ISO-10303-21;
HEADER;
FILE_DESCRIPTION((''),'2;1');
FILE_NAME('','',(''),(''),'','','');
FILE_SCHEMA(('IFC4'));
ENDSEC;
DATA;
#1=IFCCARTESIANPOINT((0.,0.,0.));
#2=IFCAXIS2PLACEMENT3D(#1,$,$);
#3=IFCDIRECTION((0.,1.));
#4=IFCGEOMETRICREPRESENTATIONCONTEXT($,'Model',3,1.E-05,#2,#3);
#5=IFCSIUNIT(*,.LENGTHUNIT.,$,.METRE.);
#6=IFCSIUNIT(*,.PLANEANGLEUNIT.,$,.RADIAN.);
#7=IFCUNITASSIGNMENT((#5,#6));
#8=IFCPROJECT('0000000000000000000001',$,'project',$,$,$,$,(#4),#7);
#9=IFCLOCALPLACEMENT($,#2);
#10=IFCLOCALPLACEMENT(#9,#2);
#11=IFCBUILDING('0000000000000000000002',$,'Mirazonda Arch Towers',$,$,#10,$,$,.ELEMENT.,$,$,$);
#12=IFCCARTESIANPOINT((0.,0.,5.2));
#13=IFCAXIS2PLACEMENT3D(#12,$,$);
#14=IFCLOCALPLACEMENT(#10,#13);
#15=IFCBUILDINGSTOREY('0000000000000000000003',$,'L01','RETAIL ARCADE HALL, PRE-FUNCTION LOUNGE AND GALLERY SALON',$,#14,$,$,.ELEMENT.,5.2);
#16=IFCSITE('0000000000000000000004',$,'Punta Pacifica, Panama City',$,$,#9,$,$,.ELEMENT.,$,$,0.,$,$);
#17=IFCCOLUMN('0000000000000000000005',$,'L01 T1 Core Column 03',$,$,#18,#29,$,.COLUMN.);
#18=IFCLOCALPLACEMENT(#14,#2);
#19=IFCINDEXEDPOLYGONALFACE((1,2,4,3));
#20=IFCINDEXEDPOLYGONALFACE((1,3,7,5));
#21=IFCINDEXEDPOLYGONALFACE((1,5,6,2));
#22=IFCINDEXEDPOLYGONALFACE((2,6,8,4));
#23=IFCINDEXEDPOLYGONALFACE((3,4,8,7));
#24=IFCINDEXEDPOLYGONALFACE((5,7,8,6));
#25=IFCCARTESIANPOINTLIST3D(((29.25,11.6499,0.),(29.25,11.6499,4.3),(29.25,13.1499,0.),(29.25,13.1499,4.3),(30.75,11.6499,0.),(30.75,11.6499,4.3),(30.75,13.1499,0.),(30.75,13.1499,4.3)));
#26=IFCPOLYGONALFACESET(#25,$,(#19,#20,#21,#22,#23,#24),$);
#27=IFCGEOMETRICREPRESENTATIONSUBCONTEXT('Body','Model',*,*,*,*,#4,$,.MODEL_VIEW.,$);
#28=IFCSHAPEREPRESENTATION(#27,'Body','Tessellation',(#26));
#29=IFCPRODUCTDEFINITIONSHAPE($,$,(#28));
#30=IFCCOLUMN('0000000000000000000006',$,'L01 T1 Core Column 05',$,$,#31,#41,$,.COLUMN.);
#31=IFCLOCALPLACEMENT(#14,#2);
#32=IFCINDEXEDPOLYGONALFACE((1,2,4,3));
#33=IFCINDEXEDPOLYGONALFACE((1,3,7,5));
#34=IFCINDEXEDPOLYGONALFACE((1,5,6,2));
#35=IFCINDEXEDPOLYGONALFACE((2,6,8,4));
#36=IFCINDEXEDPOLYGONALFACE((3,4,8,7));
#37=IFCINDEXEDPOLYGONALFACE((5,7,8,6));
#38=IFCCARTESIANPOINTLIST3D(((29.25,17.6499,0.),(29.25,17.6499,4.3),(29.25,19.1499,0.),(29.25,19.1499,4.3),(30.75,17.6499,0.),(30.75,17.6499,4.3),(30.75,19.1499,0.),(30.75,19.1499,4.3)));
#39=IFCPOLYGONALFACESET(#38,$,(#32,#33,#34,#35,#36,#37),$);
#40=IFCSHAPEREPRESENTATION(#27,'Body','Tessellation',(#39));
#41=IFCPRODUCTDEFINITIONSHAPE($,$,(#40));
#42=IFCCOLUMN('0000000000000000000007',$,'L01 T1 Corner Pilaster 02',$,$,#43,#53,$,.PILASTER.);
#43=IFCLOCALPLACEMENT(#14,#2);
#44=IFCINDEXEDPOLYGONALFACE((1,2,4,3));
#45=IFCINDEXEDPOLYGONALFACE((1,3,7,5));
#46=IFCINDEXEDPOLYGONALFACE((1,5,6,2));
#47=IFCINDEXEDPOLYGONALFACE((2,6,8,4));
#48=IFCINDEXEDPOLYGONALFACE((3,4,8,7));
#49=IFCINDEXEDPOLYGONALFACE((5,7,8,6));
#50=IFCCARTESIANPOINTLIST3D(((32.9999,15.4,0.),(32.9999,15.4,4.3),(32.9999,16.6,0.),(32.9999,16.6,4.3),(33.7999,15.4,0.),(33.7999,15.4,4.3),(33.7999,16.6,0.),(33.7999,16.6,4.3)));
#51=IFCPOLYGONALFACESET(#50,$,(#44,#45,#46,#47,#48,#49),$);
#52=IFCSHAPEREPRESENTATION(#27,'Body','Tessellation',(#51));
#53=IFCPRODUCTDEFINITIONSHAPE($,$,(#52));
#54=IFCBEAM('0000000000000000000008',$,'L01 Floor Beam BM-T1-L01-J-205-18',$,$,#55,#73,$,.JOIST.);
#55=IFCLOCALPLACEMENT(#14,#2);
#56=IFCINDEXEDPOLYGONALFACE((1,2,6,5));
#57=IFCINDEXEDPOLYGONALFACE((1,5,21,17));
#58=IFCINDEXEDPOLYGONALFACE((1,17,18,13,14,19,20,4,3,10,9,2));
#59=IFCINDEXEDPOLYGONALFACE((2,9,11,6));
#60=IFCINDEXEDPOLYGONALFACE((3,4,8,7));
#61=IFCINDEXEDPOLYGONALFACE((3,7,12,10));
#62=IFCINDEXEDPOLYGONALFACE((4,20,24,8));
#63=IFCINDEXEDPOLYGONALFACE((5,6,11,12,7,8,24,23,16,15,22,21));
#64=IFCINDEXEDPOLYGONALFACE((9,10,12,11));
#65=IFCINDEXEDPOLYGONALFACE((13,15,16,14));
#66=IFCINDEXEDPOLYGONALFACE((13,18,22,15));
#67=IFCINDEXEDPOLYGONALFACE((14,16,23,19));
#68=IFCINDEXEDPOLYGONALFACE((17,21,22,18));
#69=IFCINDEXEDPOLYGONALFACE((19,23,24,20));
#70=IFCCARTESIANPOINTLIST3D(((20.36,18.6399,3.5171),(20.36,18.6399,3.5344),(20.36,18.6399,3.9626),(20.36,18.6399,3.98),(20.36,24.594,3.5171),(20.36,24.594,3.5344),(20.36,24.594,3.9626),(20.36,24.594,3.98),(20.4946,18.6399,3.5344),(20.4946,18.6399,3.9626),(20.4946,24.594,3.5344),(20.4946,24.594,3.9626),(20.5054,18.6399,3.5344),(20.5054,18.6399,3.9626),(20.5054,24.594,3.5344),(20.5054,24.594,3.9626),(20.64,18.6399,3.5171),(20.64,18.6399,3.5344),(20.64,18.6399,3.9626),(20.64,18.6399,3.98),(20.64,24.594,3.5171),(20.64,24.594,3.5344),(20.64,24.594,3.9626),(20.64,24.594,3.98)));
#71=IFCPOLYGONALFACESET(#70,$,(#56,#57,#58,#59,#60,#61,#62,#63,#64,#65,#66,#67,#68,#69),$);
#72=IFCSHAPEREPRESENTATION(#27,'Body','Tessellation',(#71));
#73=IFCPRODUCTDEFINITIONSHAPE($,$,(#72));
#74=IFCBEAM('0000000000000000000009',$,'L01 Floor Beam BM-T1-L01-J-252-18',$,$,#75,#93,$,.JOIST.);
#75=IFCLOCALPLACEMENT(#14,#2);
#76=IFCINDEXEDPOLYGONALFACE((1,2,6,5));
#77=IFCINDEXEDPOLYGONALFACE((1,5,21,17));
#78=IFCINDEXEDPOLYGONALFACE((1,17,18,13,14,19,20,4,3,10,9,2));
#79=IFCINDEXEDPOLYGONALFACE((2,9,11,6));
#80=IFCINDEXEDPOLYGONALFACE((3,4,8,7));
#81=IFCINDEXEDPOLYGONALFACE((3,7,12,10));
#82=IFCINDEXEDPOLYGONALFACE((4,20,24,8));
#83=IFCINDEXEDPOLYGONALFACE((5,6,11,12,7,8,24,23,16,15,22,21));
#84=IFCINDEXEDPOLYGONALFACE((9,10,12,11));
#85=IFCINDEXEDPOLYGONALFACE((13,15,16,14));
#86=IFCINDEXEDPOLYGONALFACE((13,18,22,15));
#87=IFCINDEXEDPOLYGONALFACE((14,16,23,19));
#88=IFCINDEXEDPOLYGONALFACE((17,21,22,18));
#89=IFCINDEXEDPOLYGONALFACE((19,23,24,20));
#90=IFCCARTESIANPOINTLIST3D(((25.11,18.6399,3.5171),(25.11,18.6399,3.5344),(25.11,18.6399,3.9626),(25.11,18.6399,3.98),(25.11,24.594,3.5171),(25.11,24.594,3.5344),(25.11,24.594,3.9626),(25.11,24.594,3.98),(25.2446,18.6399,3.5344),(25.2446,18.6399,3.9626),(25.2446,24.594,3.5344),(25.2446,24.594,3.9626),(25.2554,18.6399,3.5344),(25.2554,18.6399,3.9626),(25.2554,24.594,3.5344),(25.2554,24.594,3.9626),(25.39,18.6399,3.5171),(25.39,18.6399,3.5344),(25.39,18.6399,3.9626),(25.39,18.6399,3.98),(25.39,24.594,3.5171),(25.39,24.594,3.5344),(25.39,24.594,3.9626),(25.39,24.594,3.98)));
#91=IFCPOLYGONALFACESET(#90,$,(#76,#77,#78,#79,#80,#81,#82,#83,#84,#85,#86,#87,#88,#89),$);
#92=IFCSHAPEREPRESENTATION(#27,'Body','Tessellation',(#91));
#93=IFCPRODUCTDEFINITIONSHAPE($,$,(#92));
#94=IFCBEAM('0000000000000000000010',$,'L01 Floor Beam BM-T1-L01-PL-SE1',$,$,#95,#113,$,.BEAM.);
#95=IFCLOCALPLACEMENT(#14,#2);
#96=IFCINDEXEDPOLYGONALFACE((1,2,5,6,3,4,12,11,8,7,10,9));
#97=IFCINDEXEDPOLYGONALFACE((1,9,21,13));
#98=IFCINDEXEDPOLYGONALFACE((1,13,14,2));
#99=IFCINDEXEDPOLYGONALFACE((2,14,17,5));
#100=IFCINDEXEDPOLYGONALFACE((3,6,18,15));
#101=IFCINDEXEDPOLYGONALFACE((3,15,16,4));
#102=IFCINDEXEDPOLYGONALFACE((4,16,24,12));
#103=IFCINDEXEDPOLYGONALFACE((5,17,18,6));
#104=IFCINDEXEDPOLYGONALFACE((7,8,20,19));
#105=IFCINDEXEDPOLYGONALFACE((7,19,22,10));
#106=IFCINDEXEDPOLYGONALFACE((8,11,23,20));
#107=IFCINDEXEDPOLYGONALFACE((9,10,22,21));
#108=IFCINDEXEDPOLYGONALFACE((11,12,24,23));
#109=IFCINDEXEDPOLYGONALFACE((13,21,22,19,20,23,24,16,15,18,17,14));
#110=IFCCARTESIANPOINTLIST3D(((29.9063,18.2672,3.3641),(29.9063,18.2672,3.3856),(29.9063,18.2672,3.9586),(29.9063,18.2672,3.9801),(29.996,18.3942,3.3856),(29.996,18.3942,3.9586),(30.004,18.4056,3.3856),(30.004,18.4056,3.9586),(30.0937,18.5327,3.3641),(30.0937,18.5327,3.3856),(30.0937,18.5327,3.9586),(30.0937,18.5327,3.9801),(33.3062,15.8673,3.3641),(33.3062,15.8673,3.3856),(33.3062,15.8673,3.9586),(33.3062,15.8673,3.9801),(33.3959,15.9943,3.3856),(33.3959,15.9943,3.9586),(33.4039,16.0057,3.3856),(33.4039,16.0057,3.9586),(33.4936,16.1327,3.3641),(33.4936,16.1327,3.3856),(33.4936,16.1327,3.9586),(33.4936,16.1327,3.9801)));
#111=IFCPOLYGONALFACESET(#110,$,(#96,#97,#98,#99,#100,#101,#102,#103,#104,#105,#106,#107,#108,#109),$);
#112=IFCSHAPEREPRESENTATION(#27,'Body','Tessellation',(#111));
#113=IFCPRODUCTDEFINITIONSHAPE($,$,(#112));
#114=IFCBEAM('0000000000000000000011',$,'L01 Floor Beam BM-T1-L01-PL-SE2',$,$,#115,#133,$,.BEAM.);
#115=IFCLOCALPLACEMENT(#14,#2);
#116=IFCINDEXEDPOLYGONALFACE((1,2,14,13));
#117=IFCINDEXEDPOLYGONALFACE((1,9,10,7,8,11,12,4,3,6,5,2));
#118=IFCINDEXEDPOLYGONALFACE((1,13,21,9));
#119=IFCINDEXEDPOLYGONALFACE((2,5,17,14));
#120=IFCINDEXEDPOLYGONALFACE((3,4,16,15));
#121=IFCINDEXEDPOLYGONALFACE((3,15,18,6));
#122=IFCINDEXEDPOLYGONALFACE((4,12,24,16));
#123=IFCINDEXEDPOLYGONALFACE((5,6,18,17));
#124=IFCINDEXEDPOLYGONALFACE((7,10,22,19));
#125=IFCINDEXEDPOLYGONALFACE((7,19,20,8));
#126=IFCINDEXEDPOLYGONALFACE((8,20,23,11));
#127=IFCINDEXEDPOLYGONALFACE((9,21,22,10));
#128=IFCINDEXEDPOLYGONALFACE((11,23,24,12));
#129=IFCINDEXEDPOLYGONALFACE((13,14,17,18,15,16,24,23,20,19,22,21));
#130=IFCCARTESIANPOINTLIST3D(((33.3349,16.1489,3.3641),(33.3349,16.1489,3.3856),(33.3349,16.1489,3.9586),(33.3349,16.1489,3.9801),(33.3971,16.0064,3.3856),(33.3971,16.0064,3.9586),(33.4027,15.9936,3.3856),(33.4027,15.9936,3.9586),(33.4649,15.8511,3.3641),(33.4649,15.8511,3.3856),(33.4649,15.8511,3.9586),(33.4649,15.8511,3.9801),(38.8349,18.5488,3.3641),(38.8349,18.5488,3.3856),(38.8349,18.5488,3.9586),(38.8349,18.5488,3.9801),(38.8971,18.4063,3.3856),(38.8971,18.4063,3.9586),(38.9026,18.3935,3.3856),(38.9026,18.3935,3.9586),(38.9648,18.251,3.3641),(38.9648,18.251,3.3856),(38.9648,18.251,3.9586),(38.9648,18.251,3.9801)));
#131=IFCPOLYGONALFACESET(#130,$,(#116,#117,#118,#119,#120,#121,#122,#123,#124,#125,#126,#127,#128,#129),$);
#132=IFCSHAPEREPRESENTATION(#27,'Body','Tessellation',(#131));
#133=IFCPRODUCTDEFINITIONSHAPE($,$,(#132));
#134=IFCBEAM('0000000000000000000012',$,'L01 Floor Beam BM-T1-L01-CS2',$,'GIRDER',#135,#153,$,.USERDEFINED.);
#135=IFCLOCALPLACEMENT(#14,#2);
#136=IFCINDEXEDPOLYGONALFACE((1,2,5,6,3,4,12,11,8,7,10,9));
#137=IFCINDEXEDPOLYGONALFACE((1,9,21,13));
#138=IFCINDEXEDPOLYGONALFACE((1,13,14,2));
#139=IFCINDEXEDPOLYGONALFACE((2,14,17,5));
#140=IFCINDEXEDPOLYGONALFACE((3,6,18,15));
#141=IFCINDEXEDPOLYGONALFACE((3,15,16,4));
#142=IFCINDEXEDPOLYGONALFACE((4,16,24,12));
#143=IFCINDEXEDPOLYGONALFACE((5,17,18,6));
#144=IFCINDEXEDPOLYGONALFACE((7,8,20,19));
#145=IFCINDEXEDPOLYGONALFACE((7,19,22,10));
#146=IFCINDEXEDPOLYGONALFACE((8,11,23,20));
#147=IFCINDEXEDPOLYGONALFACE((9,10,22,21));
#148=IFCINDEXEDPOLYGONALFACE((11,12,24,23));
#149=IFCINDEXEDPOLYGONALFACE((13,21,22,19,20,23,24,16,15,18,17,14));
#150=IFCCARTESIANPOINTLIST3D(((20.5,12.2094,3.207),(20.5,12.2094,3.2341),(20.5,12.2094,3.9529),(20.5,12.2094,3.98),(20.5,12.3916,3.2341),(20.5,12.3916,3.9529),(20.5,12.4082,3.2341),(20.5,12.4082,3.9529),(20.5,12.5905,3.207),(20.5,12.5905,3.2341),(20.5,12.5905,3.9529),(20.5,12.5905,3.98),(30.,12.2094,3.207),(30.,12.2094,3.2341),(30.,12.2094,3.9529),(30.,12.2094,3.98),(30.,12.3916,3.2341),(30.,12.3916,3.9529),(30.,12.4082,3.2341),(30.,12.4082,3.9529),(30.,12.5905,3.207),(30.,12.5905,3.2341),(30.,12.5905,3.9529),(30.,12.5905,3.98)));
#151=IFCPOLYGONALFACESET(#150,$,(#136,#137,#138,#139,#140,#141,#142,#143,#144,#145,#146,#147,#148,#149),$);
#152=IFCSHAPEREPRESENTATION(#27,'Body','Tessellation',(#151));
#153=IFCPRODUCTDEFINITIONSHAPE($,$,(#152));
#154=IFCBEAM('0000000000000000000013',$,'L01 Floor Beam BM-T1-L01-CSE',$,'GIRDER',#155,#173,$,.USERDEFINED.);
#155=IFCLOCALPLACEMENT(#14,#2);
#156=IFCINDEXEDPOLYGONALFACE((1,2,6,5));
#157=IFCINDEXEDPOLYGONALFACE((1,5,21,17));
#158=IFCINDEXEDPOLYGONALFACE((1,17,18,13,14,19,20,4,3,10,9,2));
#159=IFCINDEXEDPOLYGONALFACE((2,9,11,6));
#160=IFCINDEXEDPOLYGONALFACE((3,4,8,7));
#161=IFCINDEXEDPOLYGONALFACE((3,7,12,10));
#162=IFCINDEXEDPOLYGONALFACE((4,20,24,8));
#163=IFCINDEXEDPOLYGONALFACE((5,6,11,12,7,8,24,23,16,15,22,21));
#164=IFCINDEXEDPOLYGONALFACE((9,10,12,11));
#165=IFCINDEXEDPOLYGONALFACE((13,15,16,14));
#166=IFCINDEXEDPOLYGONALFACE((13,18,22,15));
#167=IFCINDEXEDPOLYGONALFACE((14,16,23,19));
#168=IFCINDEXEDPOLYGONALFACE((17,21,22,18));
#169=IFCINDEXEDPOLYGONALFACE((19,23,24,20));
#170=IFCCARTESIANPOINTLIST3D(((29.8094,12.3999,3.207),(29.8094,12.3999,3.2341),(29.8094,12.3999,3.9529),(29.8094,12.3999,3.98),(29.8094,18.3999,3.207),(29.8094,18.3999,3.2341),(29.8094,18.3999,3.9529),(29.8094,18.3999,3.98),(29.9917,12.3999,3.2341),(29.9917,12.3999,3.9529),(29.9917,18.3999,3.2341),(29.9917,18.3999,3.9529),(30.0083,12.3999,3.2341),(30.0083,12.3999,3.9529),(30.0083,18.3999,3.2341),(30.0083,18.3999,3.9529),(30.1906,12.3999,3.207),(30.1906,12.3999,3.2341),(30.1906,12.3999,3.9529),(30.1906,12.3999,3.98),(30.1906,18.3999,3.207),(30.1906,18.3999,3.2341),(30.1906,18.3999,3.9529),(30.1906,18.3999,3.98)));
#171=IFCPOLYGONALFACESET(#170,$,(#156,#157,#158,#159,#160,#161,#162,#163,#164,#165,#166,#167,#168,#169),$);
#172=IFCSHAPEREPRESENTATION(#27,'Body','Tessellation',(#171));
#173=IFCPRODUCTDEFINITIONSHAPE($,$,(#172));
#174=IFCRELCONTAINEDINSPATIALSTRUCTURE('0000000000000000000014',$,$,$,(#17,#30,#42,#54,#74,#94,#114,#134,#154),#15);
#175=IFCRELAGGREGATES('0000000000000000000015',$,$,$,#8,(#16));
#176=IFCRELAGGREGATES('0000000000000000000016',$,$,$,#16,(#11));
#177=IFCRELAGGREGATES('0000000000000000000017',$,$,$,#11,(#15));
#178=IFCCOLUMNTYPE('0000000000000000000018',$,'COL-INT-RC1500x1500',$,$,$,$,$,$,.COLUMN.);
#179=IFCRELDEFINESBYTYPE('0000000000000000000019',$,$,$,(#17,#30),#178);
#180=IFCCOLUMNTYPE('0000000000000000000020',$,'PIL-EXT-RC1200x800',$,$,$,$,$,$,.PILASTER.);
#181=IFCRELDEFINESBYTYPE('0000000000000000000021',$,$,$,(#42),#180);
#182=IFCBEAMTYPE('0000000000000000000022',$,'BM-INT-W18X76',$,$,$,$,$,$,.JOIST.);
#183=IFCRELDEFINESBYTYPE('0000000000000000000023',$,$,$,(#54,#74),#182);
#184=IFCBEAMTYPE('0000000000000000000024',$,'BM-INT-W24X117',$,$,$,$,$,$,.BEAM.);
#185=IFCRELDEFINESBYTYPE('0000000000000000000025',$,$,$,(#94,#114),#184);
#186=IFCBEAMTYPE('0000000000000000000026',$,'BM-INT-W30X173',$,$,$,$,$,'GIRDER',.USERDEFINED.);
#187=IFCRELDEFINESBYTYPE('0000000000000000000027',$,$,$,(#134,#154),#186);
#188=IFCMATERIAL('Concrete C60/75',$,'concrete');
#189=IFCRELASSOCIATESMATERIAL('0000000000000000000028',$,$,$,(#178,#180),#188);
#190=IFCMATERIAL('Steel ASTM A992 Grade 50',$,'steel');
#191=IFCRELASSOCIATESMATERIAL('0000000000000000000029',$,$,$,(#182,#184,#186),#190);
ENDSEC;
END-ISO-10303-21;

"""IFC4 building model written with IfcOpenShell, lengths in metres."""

from ifc_helpers import new_model, si_unit, direction, frame, origin, origin_2d, place, context, subcontext, project, spatial, rectangle, i_section, extrude, material, material_profile, profile_set, type_object, element, save


model = new_model("IFC4")

# Units and contexts
model_context = context("Model", 3, precision=1e-05, world=origin(), true_north=direction((0.0, 1.0)))
body_context = subcontext(model_context, "Body", "Model", "MODEL_VIEW")
ifc_project = project(units=[si_unit("LENGTHUNIT", "METRE"), si_unit("PLANEANGLEUNIT", "RADIAN")], contexts=[model_context])

# Site, building, storey
site_placement = place(None, origin())
site = spatial("IfcSite", under=ifc_project, at=site_placement, Name="Punta Pacifica, Panama City", CompositionType="ELEMENT", RefElevation=0.0)
building_placement = place(site_placement, origin())
building = spatial("IfcBuilding", under=site, at=building_placement, Name="Mirazonda Arch Towers", CompositionType="ELEMENT")
storey_placement = place(building_placement, frame((0.0, 0.0, 5.2)))
storey = spatial("IfcBuildingStorey", under=building, at=storey_placement, Name="L01", Description="RETAIL ARCADE HALL, PRE-FUNCTION LOUNGE AND GALLERY SALON", CompositionType="ELEMENT", Elevation=5.2)

# Columns
ifc_material_1 = material(Name="Concrete C60/75", Category="concrete")
ifc_material_profile_1 = material_profile(ifc_material_1, rectangle(XDim=1.5, YDim=1.5, at=origin_2d()), Name="RC1500x1500")
ifc_profile_set_1 = profile_set([ifc_material_profile_1], Name="Concrete C60/75")
column_type_1 = type_object("IfcColumnType", Name="COL-INT-RC1500x1500", PredefinedType="COLUMN", material=ifc_profile_set_1)
for number, where, z_axis, x_axis, name in (
    (1, (30.0, 12.3999, 0.0), (0.0, 0.0, 1.0), (1.0, 0.0, 0.0), "L01 T1 Core Column 03"),
    (2, (30.0, 18.3999, 0.0), (0.0, 0.0, 1.0), (1.0, 0.0, 0.0), "L01 T1 Core Column 05"),
):
    element("IfcColumn", number, at=place(storey_placement, frame(where, z_axis=z_axis, x_axis=x_axis)), inside=storey, type_object=column_type_1, Name=name, PredefinedType="COLUMN", context=body_context, shape_type="SweptSolid", body=[
        extrude(rectangle(XDim=1.5, YDim=1.5, at=origin_2d()), origin(), (0.0, 0.0, 1.0), 4.3),
    ])
ifc_material_profile_2 = material_profile(ifc_material_1, rectangle(XDim=0.8, YDim=1.2, at=origin_2d()), Name="RC1200x800")
ifc_profile_set_2 = profile_set([ifc_material_profile_2], Name="Concrete C60/75")
column_type_2 = type_object("IfcColumnType", Name="PIL-EXT-RC1200x800", PredefinedType="PILASTER", material=ifc_profile_set_2)
column_placement = place(storey_placement, frame((33.3999, 16.0, 0.0), z_axis=(0.0, 0.0, 1.0), x_axis=(1.0, 0.0, 0.0)))
element("IfcColumn", 3, at=column_placement, inside=storey, type_object=column_type_2, Name="L01 T1 Corner Pilaster 02", PredefinedType="PILASTER", context=body_context, shape_type="SweptSolid", body=[
    extrude(rectangle(XDim=0.8, YDim=1.2, at=origin_2d()), origin(), (0.0, 0.0, 1.0), 4.3),
])

# Beams
ifc_material_2 = material(Name="Steel ASTM A992 Grade 50", Category="steel")
ifc_material_profile_3 = material_profile(ifc_material_2, i_section(OverallWidth=0.28, OverallDepth=0.4629, WebThickness=0.0107, FlangeThickness=0.0173, at=origin_2d()), Name="W18X76")
ifc_profile_set_3 = profile_set([ifc_material_profile_3], Name="Steel ASTM A992 Grade 50")
beam_type_1 = type_object("IfcBeamType", Name="BM-INT-W18X76", PredefinedType="JOIST", material=ifc_profile_set_3)
for number, where, z_axis, x_axis, name in (
    (4, (20.5, 18.6399, 3.7485), (0.0, 1.0, 0.0), (-1.0, 0.0, 0.0), "L01 Floor Beam BM-T1-L01-J-205-18"),
    (5, (25.25, 18.6399, 3.7485), (0.0, 1.0, 0.0), (-1.0, 0.0, 0.0), "L01 Floor Beam BM-T1-L01-J-252-18"),
):
    element("IfcBeam", number, at=place(storey_placement, frame(where, z_axis=z_axis, x_axis=x_axis)), inside=storey, type_object=beam_type_1, Name=name, PredefinedType="JOIST", context=body_context, shape_type="SweptSolid", body=[
        extrude(i_section(OverallWidth=0.28, OverallDepth=0.4629, WebThickness=0.0107, FlangeThickness=0.0173, at=origin_2d()), origin(), (0.0, 0.0, 1.0), 5.9541),
    ])
ifc_material_profile_4 = material_profile(ifc_material_2, i_section(OverallWidth=0.325, OverallDepth=0.616, WebThickness=0.0139, FlangeThickness=0.0215, at=origin_2d()), Name="W24X117")
ifc_profile_set_4 = profile_set([ifc_material_profile_4], Name="Steel ASTM A992 Grade 50")
beam_type_2 = type_object("IfcBeamType", Name="BM-INT-W24X117", PredefinedType="BEAM", material=ifc_profile_set_4)
beam_1_placement = place(storey_placement, frame((33.3999, 16.0, 3.6721), z_axis=(-0.816971, 0.576679, 0.0), x_axis=(-0.576679, -0.816971, 0.0)))
element("IfcBeam", 6, at=beam_1_placement, inside=storey, type_object=beam_type_2, Name="L01 Floor Beam BM-T1-L01-PL-SE1", PredefinedType="BEAM", context=body_context, shape_type="SweptSolid", body=[
    extrude(i_section(OverallWidth=0.325, OverallDepth=0.616, WebThickness=0.0139, FlangeThickness=0.0215, at=origin_2d()), origin(), (0.0, 0.0, 1.0), 4.1616),
])
beam_2_placement = place(storey_placement, frame((33.3999, 16.0, 3.6721), z_axis=(0.916545, 0.399931, 0.0), x_axis=(-0.399931, 0.916545, 0.0)))
element("IfcBeam", 7, at=beam_2_placement, inside=storey, type_object=beam_type_2, Name="L01 Floor Beam BM-T1-L01-PL-SE2", PredefinedType="BEAM", context=body_context, shape_type="SweptSolid", body=[
    extrude(i_section(OverallWidth=0.325, OverallDepth=0.616, WebThickness=0.0139, FlangeThickness=0.0215, at=origin_2d()), origin(), (0.0, 0.0, 1.0), 6.0007),
])
ifc_material_profile_5 = material_profile(ifc_material_2, i_section(OverallWidth=0.3811, OverallDepth=0.7729, WebThickness=0.0166, FlangeThickness=0.0271, at=origin_2d()), Name="W30X173")
ifc_profile_set_5 = profile_set([ifc_material_profile_5], Name="Steel ASTM A992 Grade 50")
beam_type_3 = type_object("IfcBeamType", Name="BM-INT-W30X173", ElementType="GIRDER", PredefinedType="USERDEFINED", material=ifc_profile_set_5)
beam_3_placement = place(storey_placement, frame((20.5, 12.3999, 3.5935), z_axis=(1.0, 0.0, 0.0), x_axis=(0.0, 1.0, 0.0)))
element("IfcBeam", 8, at=beam_3_placement, inside=storey, type_object=beam_type_3, Name="L01 Floor Beam BM-T1-L01-CS2", ObjectType="GIRDER", PredefinedType="USERDEFINED", context=body_context, shape_type="SweptSolid", body=[
    extrude(i_section(OverallWidth=0.3811, OverallDepth=0.7729, WebThickness=0.0166, FlangeThickness=0.0271, at=origin_2d()), origin(), (0.0, 0.0, 1.0), 9.5),
])
beam_4_placement = place(storey_placement, frame((30.0, 12.3999, 3.5935), z_axis=(0.0, 1.0, 0.0), x_axis=(-1.0, 0.0, 0.0)))
element("IfcBeam", 9, at=beam_4_placement, inside=storey, type_object=beam_type_3, Name="L01 Floor Beam BM-T1-L01-CSE", ObjectType="GIRDER", PredefinedType="USERDEFINED", context=body_context, shape_type="SweptSolid", body=[
    extrude(i_section(OverallWidth=0.3811, OverallDepth=0.7729, WebThickness=0.0166, FlangeThickness=0.0271, at=origin_2d()), origin(), (0.0, 0.0, 1.0), 6.0),
])

save(model, "model.ifc")
